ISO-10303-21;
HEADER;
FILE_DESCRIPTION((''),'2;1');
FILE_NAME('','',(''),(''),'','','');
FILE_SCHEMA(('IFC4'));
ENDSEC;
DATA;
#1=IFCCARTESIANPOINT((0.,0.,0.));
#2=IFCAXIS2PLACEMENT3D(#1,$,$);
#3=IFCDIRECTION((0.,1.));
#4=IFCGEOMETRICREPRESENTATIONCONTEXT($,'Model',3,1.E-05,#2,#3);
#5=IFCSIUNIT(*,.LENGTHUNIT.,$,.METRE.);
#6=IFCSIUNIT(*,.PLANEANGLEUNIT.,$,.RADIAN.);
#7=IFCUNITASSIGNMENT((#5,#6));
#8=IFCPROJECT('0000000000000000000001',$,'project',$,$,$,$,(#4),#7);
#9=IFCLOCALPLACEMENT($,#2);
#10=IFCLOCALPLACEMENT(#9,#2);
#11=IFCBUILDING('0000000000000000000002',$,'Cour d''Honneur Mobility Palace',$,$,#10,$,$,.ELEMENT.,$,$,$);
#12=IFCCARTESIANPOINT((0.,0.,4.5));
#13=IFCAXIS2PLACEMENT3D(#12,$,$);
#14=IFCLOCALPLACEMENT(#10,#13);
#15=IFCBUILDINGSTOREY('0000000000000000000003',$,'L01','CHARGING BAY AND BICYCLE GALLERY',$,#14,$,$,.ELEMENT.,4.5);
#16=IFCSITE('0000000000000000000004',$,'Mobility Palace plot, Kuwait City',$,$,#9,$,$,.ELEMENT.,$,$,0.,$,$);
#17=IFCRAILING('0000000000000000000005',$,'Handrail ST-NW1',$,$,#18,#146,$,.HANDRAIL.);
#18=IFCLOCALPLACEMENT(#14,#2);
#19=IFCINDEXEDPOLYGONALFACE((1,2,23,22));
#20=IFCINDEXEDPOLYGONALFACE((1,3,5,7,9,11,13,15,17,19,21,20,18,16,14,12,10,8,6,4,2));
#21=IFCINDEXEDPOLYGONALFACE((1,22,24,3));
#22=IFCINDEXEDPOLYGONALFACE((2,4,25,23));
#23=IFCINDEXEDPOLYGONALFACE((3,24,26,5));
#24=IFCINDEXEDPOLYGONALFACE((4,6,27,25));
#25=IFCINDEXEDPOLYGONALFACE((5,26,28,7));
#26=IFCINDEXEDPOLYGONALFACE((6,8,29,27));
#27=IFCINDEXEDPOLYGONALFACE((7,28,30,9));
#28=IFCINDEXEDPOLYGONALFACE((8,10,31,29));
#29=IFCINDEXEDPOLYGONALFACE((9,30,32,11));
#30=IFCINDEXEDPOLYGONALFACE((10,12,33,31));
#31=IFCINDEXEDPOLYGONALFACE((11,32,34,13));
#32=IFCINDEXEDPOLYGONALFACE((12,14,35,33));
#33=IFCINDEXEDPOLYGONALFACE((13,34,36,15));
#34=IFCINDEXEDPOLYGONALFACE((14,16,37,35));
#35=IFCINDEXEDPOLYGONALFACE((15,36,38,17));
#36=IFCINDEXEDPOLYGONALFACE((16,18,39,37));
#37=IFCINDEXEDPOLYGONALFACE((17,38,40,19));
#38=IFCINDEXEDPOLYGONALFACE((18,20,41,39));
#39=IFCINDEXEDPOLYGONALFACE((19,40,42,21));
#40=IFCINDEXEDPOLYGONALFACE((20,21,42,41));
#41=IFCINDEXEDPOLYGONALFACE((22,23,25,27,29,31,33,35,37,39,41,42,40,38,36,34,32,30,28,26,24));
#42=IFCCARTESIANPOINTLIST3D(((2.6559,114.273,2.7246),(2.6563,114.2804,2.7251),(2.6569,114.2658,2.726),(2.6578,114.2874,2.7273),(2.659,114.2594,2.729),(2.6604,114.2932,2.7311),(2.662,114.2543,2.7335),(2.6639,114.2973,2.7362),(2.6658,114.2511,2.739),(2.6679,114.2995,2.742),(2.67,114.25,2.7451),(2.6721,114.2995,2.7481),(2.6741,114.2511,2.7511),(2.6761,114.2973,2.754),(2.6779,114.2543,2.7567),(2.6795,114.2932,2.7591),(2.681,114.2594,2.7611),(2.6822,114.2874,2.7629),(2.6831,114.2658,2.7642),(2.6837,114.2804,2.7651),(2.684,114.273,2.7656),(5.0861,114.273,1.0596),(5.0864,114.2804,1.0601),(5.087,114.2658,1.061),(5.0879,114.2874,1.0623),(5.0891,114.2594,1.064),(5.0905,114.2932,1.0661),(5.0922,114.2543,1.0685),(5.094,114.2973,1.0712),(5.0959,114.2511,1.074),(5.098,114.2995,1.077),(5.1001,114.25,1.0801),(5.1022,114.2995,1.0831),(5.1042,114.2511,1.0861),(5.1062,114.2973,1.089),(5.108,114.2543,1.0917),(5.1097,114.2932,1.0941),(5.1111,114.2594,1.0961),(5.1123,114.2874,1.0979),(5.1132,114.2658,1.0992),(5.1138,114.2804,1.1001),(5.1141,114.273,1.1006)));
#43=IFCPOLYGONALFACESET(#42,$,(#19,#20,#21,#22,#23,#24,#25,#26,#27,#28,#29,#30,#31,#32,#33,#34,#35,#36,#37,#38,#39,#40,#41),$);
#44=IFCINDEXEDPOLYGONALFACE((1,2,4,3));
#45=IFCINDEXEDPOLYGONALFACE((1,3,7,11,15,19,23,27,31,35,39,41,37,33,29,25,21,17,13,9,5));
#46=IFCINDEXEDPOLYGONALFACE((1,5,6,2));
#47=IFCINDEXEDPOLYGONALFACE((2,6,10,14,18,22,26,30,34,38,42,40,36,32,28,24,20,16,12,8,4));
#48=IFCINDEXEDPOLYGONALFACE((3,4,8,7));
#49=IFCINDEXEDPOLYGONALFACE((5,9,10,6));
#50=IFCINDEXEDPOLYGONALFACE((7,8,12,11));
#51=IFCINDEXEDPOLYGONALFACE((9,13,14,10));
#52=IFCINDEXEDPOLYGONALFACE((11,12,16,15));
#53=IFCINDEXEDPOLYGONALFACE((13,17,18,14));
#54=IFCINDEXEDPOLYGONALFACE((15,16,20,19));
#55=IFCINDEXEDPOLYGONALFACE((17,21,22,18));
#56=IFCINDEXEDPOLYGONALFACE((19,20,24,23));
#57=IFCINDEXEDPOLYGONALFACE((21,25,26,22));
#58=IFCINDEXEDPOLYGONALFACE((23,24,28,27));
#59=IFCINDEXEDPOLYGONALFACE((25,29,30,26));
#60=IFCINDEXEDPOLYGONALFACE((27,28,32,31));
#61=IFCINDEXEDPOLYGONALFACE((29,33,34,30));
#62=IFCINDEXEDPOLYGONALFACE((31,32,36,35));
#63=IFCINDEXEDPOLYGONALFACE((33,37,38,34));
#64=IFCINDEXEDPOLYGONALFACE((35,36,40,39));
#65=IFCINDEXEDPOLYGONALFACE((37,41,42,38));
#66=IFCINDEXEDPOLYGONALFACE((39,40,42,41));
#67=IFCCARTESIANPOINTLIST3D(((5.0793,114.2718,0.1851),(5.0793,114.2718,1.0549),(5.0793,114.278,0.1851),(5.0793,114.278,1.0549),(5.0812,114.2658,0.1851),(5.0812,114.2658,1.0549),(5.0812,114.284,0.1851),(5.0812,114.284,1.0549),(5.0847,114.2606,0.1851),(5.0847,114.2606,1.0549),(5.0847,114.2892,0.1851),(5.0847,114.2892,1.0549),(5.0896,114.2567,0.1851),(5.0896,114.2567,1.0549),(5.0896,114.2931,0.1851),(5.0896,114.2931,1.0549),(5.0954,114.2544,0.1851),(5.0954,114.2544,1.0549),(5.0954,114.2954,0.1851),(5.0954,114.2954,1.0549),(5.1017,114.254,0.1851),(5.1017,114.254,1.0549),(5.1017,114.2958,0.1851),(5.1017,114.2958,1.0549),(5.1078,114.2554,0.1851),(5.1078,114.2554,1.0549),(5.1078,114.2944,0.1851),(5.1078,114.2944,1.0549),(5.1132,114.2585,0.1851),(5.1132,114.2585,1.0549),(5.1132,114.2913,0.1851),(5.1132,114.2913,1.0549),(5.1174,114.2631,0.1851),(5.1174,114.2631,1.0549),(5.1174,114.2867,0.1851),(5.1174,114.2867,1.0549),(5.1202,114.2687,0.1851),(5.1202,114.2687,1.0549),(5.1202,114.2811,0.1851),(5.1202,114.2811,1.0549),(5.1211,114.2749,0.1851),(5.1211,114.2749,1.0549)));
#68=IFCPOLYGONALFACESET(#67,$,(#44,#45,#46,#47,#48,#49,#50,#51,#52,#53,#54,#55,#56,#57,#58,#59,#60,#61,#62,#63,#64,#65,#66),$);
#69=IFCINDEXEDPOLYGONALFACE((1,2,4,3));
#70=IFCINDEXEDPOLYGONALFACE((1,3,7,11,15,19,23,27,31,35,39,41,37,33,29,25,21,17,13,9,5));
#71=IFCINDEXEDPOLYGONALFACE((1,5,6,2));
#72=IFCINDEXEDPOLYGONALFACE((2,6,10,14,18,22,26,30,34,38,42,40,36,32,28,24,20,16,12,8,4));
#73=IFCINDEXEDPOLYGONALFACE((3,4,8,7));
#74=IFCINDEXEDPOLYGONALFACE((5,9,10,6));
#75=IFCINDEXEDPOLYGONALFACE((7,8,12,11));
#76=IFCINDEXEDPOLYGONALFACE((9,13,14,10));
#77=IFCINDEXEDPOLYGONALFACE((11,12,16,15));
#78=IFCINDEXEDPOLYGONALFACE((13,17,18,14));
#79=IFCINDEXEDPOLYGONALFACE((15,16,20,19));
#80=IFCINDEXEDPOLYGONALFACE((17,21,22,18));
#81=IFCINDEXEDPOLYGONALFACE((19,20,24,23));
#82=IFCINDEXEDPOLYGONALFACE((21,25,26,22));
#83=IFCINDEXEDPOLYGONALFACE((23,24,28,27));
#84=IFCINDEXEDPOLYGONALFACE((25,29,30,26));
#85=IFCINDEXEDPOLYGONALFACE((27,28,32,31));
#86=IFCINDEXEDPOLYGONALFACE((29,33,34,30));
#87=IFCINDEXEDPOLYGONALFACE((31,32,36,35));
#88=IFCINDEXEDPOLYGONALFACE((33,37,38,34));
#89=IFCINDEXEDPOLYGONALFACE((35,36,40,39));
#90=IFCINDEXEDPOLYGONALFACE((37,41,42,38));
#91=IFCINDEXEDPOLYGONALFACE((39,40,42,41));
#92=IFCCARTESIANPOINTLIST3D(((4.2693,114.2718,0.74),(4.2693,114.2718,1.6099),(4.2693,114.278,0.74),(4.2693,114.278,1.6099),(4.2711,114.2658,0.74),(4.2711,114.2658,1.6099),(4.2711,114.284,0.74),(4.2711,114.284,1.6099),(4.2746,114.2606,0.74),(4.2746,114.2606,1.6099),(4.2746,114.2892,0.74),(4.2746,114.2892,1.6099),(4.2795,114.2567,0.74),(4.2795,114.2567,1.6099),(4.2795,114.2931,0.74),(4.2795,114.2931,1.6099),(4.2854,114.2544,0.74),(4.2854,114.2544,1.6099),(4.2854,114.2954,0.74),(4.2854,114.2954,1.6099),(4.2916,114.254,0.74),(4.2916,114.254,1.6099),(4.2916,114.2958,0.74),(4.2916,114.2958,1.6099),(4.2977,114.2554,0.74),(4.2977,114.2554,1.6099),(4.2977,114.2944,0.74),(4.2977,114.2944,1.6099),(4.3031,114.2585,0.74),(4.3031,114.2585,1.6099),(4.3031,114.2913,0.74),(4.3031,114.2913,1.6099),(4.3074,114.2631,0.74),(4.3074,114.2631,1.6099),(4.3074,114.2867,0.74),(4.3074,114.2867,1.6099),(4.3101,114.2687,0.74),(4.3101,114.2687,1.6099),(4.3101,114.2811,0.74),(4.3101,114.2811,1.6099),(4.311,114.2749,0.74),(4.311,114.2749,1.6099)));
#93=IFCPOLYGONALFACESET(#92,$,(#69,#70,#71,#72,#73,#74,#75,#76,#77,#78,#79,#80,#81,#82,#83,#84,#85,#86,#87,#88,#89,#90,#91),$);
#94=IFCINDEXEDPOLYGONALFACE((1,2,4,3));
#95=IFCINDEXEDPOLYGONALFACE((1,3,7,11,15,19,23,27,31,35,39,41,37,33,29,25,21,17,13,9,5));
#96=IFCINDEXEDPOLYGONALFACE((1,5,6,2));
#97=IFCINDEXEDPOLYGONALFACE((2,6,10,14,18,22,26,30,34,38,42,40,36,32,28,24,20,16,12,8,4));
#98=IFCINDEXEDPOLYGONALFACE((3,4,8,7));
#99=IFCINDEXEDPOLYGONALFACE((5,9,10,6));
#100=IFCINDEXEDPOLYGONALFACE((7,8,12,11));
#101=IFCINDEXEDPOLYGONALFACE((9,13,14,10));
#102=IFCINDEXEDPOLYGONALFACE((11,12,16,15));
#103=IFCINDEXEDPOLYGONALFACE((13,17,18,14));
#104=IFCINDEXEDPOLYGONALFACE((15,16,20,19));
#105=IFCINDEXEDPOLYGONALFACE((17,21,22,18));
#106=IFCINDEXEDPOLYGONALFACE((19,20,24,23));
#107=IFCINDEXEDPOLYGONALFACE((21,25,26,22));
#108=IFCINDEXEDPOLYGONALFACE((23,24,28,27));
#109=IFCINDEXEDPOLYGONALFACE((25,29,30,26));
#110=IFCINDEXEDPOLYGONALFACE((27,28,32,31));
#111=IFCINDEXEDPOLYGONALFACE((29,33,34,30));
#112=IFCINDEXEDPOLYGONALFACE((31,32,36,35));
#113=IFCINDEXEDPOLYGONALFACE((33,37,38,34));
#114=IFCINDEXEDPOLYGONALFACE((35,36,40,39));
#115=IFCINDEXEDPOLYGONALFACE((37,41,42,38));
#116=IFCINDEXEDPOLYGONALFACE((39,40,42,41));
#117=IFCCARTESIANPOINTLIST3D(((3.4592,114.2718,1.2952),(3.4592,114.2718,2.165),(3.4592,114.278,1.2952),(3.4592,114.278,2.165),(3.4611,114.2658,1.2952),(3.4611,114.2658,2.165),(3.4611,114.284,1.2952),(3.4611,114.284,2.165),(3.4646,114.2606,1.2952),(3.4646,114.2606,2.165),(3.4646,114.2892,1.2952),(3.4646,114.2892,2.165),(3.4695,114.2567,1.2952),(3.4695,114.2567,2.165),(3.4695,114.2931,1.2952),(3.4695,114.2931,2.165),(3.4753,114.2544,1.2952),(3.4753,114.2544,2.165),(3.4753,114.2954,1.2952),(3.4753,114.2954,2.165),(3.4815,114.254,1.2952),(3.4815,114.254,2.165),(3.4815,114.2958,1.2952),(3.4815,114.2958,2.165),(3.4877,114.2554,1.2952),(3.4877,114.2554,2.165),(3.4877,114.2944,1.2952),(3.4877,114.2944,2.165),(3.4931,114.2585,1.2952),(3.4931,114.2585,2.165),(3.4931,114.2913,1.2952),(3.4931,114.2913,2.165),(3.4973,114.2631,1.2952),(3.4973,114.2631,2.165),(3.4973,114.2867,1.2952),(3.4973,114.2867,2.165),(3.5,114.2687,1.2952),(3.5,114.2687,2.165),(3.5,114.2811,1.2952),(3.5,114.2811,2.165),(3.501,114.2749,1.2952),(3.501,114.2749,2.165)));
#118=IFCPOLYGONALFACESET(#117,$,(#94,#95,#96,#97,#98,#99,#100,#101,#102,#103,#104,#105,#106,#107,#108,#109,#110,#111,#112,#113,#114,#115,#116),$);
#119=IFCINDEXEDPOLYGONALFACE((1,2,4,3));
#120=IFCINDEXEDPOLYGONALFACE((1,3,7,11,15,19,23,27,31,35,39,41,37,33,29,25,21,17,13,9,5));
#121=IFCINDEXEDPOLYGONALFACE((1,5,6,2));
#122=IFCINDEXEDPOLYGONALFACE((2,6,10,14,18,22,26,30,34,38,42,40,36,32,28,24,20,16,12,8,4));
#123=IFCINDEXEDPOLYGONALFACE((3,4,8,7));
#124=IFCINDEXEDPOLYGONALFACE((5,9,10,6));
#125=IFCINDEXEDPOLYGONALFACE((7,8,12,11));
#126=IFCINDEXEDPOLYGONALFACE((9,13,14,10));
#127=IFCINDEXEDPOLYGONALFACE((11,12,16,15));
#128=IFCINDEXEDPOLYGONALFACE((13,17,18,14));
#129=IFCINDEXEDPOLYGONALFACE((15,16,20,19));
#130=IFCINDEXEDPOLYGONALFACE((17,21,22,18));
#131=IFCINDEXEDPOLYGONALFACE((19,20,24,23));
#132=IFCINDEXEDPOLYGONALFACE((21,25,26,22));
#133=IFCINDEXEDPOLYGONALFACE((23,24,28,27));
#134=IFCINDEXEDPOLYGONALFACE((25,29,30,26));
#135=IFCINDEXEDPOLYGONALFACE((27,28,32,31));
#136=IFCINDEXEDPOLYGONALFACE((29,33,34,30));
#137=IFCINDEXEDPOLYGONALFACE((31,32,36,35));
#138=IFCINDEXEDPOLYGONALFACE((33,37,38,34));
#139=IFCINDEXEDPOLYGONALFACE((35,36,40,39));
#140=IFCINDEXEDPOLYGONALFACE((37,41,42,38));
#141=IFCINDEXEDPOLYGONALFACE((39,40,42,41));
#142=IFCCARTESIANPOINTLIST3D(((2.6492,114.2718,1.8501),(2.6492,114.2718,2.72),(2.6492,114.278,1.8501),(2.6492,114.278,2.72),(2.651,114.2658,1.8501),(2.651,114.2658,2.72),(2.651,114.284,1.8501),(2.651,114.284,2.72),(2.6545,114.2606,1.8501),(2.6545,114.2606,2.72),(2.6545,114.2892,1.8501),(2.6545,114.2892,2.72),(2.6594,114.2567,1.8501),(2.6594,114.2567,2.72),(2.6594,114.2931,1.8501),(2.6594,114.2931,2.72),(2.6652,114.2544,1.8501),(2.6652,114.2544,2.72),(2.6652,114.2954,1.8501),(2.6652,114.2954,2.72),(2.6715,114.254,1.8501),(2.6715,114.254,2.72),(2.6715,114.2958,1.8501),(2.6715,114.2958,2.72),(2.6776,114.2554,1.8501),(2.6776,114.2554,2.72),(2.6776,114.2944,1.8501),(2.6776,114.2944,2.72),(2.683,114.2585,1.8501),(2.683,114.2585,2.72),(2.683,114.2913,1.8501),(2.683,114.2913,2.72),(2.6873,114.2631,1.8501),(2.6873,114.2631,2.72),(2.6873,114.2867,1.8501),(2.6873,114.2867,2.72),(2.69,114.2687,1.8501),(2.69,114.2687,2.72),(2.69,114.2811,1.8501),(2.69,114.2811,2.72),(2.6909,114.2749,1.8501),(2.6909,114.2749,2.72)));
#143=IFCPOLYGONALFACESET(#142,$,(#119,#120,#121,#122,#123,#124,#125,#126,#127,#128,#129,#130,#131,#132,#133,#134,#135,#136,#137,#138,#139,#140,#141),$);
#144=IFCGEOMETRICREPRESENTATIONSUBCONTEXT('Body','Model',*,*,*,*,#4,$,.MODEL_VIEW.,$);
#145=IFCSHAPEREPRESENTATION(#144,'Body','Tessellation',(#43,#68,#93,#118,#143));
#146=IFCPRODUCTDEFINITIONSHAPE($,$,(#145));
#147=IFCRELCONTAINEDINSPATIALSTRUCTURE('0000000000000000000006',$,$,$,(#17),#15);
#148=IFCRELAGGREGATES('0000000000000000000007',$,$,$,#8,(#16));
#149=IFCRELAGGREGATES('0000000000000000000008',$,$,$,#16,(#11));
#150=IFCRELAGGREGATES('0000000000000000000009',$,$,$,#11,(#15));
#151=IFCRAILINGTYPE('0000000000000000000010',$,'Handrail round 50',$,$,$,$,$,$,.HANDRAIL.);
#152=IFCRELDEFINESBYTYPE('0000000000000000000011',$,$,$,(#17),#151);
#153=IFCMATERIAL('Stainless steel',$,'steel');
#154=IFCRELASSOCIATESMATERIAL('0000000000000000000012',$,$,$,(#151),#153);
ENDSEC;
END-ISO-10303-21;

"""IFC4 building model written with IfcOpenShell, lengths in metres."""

from ifc_helpers import new_model, si_unit, direction, frame, origin, origin_2d, place, context, subcontext, project, spatial, circle, extrude, material, type_object, element, save


model = new_model("IFC4")

# Units and contexts
model_context = context("Model", 3, precision=1e-05, world=origin(), true_north=direction((0.0, 1.0)))
body_context = subcontext(model_context, "Body", "Model", "MODEL_VIEW")
ifc_project = project(units=[si_unit("LENGTHUNIT", "METRE"), si_unit("PLANEANGLEUNIT", "RADIAN")], contexts=[model_context])

# Site, building, storey
site_placement = place(None, origin())
site = spatial("IfcSite", under=ifc_project, at=site_placement, Name="Mobility Palace plot, Kuwait City", CompositionType="ELEMENT", RefElevation=0.0)
building_placement = place(site_placement, origin())
building = spatial("IfcBuilding", under=site, at=building_placement, Name="Cour d'Honneur Mobility Palace", CompositionType="ELEMENT")
storey_placement = place(building_placement, frame((0.0, 0.0, 4.5)))
storey = spatial("IfcBuildingStorey", under=building, at=storey_placement, Name="L01", Description="CHARGING BAY AND BICYCLE GALLERY", CompositionType="ELEMENT", Elevation=4.5)

# Railing
ifc_material_1 = material(Name="Stainless steel", Category="steel")
railing_type_1 = type_object("IfcRailingType", Name="Handrail round 50", PredefinedType="HANDRAIL", material=ifc_material_1)
for number, where, name in (
    (1, (5.1001, 114.2749, 0.1851), "Handrail ST-NW1"),
):
    element("IfcRailing", number, at=place(storey_placement, frame(where)), inside=storey, type_object=railing_type_1, Name=name, PredefinedType="HANDRAIL", context=body_context, shape_type="SweptSolid", body=[
        extrude(circle(Radius=0.0249, at=origin_2d()), frame((0.0, 0.0, 0.895), z_axis=(-0.824945, 0.0, 0.565213), x_axis=(0.0, -1.0, 0.0)), (0.0, 0.0, 1.0), 2.9458),
        extrude(circle(Radius=0.021, at=origin_2d()), origin(), (0.0, 0.0, 1.0), 0.8699),
        extrude(circle(Radius=0.021, at=origin_2d()), frame((-0.8101, 0.0, 0.5549)), (0.0, 0.0, 1.0), 0.8699),
        extrude(circle(Radius=0.021, at=origin_2d()), frame((-1.6201, 0.0, 1.1101)), (0.0, 0.0, 1.0), 0.8699),
        extrude(circle(Radius=0.021, at=origin_2d()), frame((-2.4302, 0.0, 1.665)), (0.0, 0.0, 1.0), 0.8699),
    ])

save(model, "model.ifc")
